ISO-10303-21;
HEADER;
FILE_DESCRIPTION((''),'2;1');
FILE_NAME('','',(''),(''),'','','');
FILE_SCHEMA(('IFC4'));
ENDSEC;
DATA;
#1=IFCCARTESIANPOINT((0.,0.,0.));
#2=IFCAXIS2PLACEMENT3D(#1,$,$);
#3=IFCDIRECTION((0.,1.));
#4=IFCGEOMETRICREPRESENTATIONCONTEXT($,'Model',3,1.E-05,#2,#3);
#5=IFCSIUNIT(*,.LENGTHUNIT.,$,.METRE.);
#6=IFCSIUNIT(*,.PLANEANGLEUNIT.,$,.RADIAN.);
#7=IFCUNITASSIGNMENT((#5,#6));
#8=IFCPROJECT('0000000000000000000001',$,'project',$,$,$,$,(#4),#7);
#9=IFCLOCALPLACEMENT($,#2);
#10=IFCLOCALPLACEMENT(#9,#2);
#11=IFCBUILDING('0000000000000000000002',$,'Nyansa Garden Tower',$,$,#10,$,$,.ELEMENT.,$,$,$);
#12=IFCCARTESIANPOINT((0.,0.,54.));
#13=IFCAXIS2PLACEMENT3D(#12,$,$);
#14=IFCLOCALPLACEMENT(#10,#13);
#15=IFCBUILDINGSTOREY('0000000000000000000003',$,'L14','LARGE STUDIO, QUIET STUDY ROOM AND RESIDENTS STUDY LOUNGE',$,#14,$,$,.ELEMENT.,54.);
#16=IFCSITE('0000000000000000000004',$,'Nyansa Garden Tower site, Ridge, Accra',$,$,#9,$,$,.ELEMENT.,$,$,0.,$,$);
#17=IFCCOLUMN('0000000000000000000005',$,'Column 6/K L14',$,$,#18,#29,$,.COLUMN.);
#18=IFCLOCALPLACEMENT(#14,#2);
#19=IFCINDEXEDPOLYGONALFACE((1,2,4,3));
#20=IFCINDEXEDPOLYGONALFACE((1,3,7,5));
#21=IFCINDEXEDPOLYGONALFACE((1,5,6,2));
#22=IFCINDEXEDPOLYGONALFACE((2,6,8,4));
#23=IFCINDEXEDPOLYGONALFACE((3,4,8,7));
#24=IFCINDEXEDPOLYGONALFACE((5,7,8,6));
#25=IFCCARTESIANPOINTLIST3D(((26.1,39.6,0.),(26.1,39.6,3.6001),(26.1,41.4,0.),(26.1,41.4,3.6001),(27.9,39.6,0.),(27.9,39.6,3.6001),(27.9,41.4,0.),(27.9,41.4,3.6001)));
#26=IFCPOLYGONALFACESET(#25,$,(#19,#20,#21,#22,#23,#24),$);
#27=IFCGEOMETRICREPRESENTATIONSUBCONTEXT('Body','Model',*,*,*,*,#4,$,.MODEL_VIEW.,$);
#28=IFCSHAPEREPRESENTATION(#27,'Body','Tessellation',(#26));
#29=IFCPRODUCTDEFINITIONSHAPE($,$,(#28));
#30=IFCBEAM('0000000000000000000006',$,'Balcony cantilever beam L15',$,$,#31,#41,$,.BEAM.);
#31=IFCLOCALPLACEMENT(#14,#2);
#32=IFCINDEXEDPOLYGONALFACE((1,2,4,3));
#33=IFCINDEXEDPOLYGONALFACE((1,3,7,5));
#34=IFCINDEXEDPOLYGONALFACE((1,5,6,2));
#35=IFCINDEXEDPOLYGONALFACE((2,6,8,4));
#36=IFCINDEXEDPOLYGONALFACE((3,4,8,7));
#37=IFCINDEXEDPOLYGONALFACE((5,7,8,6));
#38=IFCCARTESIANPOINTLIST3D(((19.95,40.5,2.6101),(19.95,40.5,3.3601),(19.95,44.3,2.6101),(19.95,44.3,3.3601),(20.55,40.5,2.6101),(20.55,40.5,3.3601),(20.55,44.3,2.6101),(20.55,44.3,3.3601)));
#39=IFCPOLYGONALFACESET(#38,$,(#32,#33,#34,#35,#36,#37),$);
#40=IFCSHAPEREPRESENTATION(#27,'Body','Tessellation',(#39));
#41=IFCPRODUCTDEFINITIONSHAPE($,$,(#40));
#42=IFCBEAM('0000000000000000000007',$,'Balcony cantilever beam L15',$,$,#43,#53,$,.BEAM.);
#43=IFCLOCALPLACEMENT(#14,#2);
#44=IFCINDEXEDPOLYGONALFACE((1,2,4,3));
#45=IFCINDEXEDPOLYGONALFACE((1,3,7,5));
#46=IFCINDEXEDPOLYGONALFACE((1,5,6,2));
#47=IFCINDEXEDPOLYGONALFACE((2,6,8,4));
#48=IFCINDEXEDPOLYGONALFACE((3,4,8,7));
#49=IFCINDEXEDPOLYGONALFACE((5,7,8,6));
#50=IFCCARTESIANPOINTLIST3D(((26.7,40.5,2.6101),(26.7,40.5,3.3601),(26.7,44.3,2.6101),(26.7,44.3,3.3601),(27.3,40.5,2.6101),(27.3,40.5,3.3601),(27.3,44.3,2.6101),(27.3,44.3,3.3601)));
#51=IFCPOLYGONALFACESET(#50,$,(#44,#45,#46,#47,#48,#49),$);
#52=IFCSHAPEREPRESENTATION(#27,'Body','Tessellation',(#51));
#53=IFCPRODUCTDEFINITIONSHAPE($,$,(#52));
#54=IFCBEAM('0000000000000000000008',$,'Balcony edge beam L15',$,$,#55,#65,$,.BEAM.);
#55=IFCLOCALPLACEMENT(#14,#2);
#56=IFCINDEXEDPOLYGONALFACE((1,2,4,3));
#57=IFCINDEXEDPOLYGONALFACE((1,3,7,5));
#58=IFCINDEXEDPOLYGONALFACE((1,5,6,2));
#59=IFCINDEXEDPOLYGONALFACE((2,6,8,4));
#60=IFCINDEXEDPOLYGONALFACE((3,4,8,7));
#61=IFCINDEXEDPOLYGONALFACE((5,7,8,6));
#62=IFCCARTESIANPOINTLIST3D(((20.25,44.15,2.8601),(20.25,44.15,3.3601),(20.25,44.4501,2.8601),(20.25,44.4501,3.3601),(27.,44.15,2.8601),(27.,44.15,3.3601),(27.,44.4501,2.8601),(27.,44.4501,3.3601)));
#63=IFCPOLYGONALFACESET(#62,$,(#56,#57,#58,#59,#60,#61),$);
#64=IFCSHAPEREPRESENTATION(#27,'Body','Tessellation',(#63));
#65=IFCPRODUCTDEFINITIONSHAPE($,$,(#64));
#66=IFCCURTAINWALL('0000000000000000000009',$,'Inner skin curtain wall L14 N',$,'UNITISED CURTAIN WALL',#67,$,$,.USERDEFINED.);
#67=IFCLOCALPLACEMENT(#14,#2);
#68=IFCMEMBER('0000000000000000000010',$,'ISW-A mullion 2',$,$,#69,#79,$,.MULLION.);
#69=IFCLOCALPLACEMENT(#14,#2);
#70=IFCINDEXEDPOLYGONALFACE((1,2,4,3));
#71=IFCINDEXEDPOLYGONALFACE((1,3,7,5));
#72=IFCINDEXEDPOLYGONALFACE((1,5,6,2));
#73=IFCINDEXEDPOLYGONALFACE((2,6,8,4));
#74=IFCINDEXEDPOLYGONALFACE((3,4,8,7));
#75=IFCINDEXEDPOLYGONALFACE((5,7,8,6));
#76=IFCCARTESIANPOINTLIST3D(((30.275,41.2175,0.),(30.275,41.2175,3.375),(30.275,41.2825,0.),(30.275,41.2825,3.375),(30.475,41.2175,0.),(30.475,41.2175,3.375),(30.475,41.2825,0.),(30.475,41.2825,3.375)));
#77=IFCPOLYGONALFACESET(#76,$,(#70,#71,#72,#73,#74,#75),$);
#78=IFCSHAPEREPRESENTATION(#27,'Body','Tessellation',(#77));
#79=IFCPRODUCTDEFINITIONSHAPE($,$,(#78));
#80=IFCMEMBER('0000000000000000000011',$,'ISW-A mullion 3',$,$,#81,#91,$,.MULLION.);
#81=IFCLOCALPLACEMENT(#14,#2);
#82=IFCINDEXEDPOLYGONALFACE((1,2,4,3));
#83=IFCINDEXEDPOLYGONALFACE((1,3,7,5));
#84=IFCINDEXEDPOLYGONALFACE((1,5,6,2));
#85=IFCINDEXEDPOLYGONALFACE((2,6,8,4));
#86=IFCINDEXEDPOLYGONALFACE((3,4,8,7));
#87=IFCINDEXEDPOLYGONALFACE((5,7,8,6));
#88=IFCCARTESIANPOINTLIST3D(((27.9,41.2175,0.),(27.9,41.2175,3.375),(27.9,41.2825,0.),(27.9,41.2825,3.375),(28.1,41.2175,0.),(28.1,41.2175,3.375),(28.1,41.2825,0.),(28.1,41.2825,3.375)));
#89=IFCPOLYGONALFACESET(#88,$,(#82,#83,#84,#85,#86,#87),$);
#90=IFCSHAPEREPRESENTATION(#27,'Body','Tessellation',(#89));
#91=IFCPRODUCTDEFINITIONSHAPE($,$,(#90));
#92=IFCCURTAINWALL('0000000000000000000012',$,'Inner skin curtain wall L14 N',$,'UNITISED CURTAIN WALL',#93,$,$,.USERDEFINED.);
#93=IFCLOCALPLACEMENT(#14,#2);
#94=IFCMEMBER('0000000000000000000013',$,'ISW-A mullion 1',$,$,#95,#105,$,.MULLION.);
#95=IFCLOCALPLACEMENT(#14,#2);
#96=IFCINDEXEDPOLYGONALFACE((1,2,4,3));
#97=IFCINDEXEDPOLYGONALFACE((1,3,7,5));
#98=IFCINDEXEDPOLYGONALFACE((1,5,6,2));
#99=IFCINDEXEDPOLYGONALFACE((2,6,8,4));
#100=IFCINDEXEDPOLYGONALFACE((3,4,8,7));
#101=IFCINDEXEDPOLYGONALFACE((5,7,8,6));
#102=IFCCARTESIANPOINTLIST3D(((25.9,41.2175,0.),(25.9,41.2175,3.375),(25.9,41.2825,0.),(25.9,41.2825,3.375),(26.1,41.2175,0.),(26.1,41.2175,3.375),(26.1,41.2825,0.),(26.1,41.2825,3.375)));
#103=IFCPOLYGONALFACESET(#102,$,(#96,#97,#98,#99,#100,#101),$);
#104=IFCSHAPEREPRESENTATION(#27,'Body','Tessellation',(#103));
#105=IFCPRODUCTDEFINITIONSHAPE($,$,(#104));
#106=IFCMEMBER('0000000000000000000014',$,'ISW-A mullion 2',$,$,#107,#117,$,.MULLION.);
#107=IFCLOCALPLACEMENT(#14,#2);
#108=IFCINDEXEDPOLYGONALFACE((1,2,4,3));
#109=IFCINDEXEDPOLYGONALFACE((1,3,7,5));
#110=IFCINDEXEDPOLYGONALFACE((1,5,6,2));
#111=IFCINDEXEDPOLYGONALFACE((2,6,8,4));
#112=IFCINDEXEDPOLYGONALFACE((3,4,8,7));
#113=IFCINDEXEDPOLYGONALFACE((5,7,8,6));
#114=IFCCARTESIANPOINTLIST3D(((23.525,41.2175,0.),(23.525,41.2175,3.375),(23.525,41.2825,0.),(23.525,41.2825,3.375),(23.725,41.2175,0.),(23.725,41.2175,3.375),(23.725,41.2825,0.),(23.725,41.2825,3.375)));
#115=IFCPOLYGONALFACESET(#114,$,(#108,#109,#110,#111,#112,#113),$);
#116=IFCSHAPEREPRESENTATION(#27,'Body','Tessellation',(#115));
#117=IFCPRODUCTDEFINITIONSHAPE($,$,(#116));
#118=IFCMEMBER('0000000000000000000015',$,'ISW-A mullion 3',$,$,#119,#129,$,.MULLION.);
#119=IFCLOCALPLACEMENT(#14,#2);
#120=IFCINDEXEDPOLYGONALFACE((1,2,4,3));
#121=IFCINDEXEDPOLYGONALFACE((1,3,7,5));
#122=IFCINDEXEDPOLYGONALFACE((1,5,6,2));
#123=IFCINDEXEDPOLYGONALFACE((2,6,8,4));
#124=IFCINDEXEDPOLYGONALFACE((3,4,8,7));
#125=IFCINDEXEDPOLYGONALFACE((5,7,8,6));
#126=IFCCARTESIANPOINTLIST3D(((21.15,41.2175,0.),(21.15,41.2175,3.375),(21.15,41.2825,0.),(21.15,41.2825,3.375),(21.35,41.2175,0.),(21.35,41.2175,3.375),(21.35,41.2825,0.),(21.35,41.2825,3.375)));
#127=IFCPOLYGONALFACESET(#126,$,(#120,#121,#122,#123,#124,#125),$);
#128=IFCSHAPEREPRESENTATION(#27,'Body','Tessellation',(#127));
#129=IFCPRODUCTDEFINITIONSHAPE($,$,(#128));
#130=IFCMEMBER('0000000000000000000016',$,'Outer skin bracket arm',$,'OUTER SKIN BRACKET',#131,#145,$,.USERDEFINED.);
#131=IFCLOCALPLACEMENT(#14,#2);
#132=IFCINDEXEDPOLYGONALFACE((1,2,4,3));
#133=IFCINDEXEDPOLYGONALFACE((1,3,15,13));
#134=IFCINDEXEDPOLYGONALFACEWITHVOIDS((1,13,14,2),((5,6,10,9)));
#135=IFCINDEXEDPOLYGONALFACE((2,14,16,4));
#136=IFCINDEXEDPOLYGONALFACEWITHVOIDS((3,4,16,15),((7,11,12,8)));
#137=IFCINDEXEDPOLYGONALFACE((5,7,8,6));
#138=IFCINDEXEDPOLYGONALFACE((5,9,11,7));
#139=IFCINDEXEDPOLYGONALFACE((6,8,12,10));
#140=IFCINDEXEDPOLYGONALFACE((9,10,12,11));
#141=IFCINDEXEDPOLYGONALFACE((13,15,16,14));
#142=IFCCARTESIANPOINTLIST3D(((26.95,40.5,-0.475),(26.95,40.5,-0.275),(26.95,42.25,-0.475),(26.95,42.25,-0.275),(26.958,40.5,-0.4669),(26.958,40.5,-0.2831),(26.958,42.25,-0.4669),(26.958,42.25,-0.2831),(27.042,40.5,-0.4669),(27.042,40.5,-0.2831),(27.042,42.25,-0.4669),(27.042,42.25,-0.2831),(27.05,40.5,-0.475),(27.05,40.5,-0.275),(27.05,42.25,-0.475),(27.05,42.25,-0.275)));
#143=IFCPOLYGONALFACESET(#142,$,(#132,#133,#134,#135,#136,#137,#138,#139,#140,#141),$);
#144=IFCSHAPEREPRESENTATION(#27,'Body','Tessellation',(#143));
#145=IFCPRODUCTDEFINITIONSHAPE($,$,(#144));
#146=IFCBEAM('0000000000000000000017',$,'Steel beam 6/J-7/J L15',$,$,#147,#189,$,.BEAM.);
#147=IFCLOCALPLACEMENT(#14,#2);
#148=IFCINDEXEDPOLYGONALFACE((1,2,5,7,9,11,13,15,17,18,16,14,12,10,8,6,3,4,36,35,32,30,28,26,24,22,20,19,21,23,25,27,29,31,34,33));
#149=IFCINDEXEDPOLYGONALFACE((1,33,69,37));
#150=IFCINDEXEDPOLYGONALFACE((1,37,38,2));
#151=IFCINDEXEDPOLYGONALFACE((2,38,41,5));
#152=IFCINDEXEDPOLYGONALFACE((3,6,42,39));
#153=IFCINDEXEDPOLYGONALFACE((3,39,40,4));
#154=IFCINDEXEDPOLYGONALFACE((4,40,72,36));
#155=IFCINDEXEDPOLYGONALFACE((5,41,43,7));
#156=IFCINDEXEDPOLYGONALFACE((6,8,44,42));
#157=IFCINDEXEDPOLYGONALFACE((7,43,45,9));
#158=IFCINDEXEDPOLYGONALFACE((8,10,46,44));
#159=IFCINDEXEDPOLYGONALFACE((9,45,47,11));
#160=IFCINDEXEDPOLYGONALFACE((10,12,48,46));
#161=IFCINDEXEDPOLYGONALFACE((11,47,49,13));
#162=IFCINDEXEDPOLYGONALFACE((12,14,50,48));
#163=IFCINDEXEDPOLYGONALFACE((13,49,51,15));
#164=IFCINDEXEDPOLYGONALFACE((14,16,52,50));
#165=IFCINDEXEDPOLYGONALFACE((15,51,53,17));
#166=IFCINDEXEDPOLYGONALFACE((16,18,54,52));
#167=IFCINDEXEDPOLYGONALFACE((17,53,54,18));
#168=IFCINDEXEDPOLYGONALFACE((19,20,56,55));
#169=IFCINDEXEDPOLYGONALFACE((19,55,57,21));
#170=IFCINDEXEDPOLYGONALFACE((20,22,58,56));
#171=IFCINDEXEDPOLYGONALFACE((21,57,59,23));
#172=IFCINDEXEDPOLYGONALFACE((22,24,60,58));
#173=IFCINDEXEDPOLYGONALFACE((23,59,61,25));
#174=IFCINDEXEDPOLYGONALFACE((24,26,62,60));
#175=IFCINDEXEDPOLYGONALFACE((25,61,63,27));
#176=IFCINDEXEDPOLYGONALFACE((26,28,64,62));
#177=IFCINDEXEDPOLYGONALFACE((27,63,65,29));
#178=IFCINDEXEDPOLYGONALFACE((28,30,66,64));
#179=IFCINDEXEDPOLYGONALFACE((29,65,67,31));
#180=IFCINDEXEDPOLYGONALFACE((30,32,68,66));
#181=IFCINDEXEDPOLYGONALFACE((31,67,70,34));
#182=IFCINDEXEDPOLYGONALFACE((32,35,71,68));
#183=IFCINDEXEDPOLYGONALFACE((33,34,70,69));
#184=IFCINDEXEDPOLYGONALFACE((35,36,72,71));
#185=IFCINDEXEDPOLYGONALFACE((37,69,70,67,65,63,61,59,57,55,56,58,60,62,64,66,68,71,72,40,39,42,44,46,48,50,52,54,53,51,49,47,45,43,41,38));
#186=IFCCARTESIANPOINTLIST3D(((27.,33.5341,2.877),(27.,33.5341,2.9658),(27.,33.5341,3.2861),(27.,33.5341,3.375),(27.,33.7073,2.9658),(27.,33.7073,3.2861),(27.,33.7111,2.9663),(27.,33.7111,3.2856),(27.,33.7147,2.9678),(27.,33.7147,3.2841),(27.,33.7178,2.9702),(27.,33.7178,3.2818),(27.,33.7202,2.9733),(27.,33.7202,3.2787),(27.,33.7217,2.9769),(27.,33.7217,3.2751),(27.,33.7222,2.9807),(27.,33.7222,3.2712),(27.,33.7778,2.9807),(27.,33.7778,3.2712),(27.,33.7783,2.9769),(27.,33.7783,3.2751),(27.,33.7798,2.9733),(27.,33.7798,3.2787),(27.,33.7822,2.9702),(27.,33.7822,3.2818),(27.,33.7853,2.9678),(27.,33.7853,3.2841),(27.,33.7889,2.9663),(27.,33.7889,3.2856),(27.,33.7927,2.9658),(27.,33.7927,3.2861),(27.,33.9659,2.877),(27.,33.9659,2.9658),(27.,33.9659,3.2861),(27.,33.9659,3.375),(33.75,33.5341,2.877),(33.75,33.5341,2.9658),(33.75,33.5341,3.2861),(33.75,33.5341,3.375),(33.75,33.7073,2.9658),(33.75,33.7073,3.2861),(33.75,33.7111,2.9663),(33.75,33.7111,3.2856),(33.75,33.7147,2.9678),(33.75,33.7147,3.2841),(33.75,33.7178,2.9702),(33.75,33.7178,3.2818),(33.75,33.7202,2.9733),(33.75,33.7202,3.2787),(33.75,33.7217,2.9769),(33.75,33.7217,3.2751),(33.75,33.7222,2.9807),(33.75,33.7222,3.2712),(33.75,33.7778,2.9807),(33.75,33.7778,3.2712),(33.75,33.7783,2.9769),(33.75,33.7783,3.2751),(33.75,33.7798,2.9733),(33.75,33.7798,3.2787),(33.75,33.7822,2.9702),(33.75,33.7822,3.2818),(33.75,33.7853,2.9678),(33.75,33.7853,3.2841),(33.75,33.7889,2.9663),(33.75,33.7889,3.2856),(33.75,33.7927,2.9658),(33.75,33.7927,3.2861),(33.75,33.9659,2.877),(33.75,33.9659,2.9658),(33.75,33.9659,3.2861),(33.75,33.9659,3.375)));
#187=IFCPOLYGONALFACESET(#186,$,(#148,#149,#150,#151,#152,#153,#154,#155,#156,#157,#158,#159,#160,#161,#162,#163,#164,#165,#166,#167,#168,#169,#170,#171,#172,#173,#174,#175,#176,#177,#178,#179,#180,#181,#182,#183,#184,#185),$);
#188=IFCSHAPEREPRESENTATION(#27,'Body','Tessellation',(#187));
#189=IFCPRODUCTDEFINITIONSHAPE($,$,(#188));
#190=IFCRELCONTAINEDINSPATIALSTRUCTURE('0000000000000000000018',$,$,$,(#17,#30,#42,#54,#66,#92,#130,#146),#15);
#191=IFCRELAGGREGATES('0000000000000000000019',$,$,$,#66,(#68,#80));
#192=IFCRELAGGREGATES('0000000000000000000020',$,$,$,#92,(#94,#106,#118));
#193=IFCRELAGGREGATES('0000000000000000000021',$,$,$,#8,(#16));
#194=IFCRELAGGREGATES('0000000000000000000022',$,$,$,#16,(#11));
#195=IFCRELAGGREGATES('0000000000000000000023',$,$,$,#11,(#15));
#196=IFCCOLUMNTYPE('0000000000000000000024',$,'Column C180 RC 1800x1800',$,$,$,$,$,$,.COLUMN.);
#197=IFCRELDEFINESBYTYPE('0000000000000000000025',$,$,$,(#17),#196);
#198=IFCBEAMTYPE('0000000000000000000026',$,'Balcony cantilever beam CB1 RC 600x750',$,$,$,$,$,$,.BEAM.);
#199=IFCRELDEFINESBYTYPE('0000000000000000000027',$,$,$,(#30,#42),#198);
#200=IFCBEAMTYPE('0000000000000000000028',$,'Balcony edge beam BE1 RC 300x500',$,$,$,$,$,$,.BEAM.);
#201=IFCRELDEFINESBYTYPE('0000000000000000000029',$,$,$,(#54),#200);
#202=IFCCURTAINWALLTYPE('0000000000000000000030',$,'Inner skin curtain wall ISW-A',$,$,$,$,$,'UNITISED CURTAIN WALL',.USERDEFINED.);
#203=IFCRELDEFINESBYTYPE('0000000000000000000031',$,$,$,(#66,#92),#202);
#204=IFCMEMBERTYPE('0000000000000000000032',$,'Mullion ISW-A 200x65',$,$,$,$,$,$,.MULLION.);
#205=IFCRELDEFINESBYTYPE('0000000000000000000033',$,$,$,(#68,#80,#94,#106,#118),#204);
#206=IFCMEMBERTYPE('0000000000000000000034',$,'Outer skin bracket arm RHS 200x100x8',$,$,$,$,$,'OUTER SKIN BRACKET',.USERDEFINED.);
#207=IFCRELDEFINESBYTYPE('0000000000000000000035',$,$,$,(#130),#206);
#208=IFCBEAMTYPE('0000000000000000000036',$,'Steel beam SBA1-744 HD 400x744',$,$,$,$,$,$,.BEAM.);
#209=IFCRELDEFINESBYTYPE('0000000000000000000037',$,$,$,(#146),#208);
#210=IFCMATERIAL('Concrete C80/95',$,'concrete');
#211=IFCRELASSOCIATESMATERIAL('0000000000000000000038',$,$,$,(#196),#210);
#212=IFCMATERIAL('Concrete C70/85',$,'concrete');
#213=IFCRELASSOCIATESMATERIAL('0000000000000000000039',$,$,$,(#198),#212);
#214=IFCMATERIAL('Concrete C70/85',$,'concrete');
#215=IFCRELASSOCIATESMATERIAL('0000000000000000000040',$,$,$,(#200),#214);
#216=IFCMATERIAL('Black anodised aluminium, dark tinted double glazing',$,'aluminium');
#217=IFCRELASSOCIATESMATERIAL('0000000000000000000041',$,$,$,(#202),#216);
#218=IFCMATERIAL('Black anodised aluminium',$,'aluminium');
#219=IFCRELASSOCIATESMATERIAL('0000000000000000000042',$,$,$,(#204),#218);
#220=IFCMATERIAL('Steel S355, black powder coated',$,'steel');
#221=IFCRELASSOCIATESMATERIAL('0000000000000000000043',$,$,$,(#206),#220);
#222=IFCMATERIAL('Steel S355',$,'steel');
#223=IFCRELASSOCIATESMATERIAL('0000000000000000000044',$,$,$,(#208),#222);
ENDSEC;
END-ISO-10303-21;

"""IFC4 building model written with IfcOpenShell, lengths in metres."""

from ifc_helpers import new_model, si_unit, direction, frame, origin, origin_2d, place, context, subcontext, project, spatial, rectangle, hollow_rectangle, i_section, extrude, material, material_profile, profile_set, type_object, element, aggregate, save


model = new_model("IFC4")

# Units and contexts
model_context = context("Model", 3, precision=1e-05, world=origin(), true_north=direction((0.0, 1.0)))
body_context = subcontext(model_context, "Body", "Model", "MODEL_VIEW")
ifc_project = project(units=[si_unit("LENGTHUNIT", "METRE"), si_unit("PLANEANGLEUNIT", "RADIAN")], contexts=[model_context])

# Site, building, storey
site_placement = place(None, origin())
site = spatial("IfcSite", under=ifc_project, at=site_placement, Name="Nyansa Garden Tower site, Ridge, Accra", CompositionType="ELEMENT", RefElevation=0.0)
building_placement = place(site_placement, origin())
building = spatial("IfcBuilding", under=site, at=building_placement, Name="Nyansa Garden Tower", CompositionType="ELEMENT")
storey_placement = place(building_placement, frame((0.0, 0.0, 54.0)))
storey = spatial("IfcBuildingStorey", under=building, at=storey_placement, Name="L14", Description="LARGE STUDIO, QUIET STUDY ROOM AND RESIDENTS STUDY LOUNGE", CompositionType="ELEMENT", Elevation=54.0)

# Column
ifc_material_1 = material(Name="Concrete C80/95", Category="concrete")
ifc_material_profile_1 = material_profile(ifc_material_1, rectangle(XDim=1.8, YDim=1.8, at=origin_2d()), Name="RC 1800x1800")
ifc_profile_set_1 = profile_set([ifc_material_profile_1], Name="Concrete C80/95")
column_type = type_object("IfcColumnType", Name="Column C180 RC 1800x1800", PredefinedType="COLUMN", material=ifc_profile_set_1)
column_placement = place(storey_placement, frame((27.0, 40.5, 0.0), z_axis=(0.0, 0.0, 1.0), x_axis=(1.0, 0.0, 0.0)))
element("IfcColumn", 1, at=column_placement, inside=storey, type_object=column_type, Name="Column 6/K L14", PredefinedType="COLUMN", context=body_context, shape_type="SweptSolid", body=[
    extrude(rectangle(XDim=1.8, YDim=1.8, at=origin_2d()), origin(), (0.0, 0.0, 1.0), 3.6001),
])

# Beams
ifc_material_2 = material(Name="Concrete C70/85", Category="concrete")
ifc_material_profile_2 = material_profile(ifc_material_2, rectangle(XDim=0.6001, YDim=0.75, at=origin_2d()), Name="RC 600x750")
ifc_profile_set_2 = profile_set([ifc_material_profile_2], Name="Concrete C70/85")
beam_type_1 = type_object("IfcBeamType", Name="Balcony cantilever beam CB1 RC 600x750", PredefinedType="BEAM", material=ifc_profile_set_2)
for number, where, z_axis, x_axis, name in (
    (2, (20.25, 40.5, 2.9851), (0.0, 1.0, 0.0), (-1.0, 0.0, 0.0), "Balcony cantilever beam L15"),
    (3, (27.0, 40.5, 2.9851), (0.0, 1.0, 0.0), (-1.0, 0.0, 0.0), "Balcony cantilever beam L15"),
):
    element("IfcBeam", number, at=place(storey_placement, frame(where, z_axis=z_axis, x_axis=x_axis)), inside=storey, type_object=beam_type_1, Name=name, PredefinedType="BEAM", context=body_context, shape_type="SweptSolid", body=[
        extrude(rectangle(XDim=0.6001, YDim=0.75, at=origin_2d()), origin(), (0.0, 0.0, 1.0), 3.8),
    ])
ifc_material_3 = material(Name="Concrete C70/85", Category="concrete")
ifc_material_profile_3 = material_profile(ifc_material_3, rectangle(XDim=0.3, YDim=0.5, at=origin_2d()), Name="RC 300x500")
ifc_profile_set_3 = profile_set([ifc_material_profile_3], Name="Concrete C70/85")
beam_type_2 = type_object("IfcBeamType", Name="Balcony edge beam BE1 RC 300x500", PredefinedType="BEAM", material=ifc_profile_set_3)
beam_1_placement = place(storey_placement, frame((20.25, 44.3, 3.1101), z_axis=(1.0, 0.0, 0.0), x_axis=(0.0, 1.0, 0.0)))
element("IfcBeam", 4, at=beam_1_placement, inside=storey, type_object=beam_type_2, Name="Balcony edge beam L15", PredefinedType="BEAM", context=body_context, shape_type="SweptSolid", body=[
    extrude(rectangle(XDim=0.3, YDim=0.5, at=origin_2d()), origin(), (0.0, 0.0, 1.0), 6.75),
])

# Curtain walls, members
ifc_material_4 = material(Name="Black anodised aluminium, dark tinted double glazing", Category="aluminium")
curtain_wall_type = type_object("IfcCurtainWallType", Name="Inner skin curtain wall ISW-A", ElementType="UNITISED CURTAIN WALL", PredefinedType="USERDEFINED", material=ifc_material_4)
curtain_wall_1_placement = place(storey_placement, origin())
curtain_wall_1 = element("IfcCurtainWall", 5, at=curtain_wall_1_placement, inside=storey, type_object=curtain_wall_type, Name="Inner skin curtain wall L14 N", ObjectType="UNITISED CURTAIN WALL", PredefinedType="USERDEFINED")
ifc_material_5 = material(Name="Black anodised aluminium", Category="aluminium")
ifc_material_profile_4 = material_profile(ifc_material_5, rectangle(XDim=0.0649, YDim=0.2, at=origin_2d()), Name="Mullion 200x65")
ifc_profile_set_4 = profile_set([ifc_material_profile_4], Name="Black anodised aluminium")
member_type_1 = type_object("IfcMemberType", Name="Mullion ISW-A 200x65", PredefinedType="MULLION", material=ifc_profile_set_4)
member_1_placement = place(storey_placement, frame((30.375, 41.25, 0.0), z_axis=(0.0, 0.0, 1.0), x_axis=(0.0, -1.0, 0.0)))
member_1 = element("IfcMember", 6, at=member_1_placement, type_object=member_type_1, Name="ISW-A mullion 2", PredefinedType="MULLION", context=body_context, shape_type="SweptSolid", body=[
    extrude(rectangle(XDim=0.0649, YDim=0.2, at=origin_2d()), origin(), (0.0, 0.0, 1.0), 3.375),
])
member_2_placement = place(storey_placement, frame((28.0, 41.25, 0.0), z_axis=(0.0, 0.0, 1.0), x_axis=(0.0, -1.0, 0.0)))
member_2 = element("IfcMember", 7, at=member_2_placement, type_object=member_type_1, Name="ISW-A mullion 3", PredefinedType="MULLION", context=body_context, shape_type="SweptSolid", body=[
    extrude(rectangle(XDim=0.0649, YDim=0.2, at=origin_2d()), origin(), (0.0, 0.0, 1.0), 3.375),
])
curtain_wall_2_placement = place(storey_placement, origin())
curtain_wall_2 = element("IfcCurtainWall", 8, at=curtain_wall_2_placement, inside=storey, type_object=curtain_wall_type, Name="Inner skin curtain wall L14 N", ObjectType="UNITISED CURTAIN WALL", PredefinedType="USERDEFINED")
member_3_placement = place(storey_placement, frame((26.0, 41.25, 0.0), z_axis=(0.0, 0.0, 1.0), x_axis=(0.0, -1.0, 0.0)))
member_3 = element("IfcMember", 9, at=member_3_placement, type_object=member_type_1, Name="ISW-A mullion 1", PredefinedType="MULLION", context=body_context, shape_type="SweptSolid", body=[
    extrude(rectangle(XDim=0.0649, YDim=0.2, at=origin_2d()), origin(), (0.0, 0.0, 1.0), 3.375),
])
member_4_placement = place(storey_placement, frame((23.625, 41.25, 0.0), z_axis=(0.0, 0.0, 1.0), x_axis=(0.0, -1.0, 0.0)))
member_4 = element("IfcMember", 10, at=member_4_placement, type_object=member_type_1, Name="ISW-A mullion 2", PredefinedType="MULLION", context=body_context, shape_type="SweptSolid", body=[
    extrude(rectangle(XDim=0.0649, YDim=0.2, at=origin_2d()), origin(), (0.0, 0.0, 1.0), 3.375),
])
member_5_placement = place(storey_placement, frame((21.25, 41.25, 0.0), z_axis=(0.0, 0.0, 1.0), x_axis=(0.0, -1.0, 0.0)))
member_5 = element("IfcMember", 11, at=member_5_placement, type_object=member_type_1, Name="ISW-A mullion 3", PredefinedType="MULLION", context=body_context, shape_type="SweptSolid", body=[
    extrude(rectangle(XDim=0.0649, YDim=0.2, at=origin_2d()), origin(), (0.0, 0.0, 1.0), 3.375),
])

# Member
ifc_material_6 = material(Name="Steel S355, black powder coated", Category="steel")
ifc_material_profile_5 = material_profile(ifc_material_6, hollow_rectangle(XDim=0.1001, YDim=0.2, WallThickness=0.0081, at=origin_2d()), Name="RHS 200x100x8")
ifc_profile_set_5 = profile_set([ifc_material_profile_5], Name="Steel S355, black powder coated")
member_type_2 = type_object("IfcMemberType", Name="Outer skin bracket arm RHS 200x100x8", ElementType="OUTER SKIN BRACKET", PredefinedType="USERDEFINED", material=ifc_profile_set_5)
member_6_placement = place(storey_placement, frame((27.0, 40.5, -0.375), z_axis=(0.0, 1.0, 0.0), x_axis=(-1.0, 0.0, 0.0)))
element("IfcMember", 12, at=member_6_placement, inside=storey, type_object=member_type_2, Name="Outer skin bracket arm", ObjectType="OUTER SKIN BRACKET", PredefinedType="USERDEFINED", context=body_context, shape_type="SweptSolid", body=[
    extrude(hollow_rectangle(XDim=0.1001, YDim=0.2, WallThickness=0.0081, at=origin_2d()), origin(), (0.0, 0.0, 1.0), 1.75),
])

# Beam
ifc_material_7 = material(Name="Steel S355", Category="steel")
ifc_material_profile_6 = material_profile(ifc_material_7, i_section(OverallWidth=0.4319, OverallDepth=0.498, WebThickness=0.0557, FlangeThickness=0.0889, FilletRadius=0.0149, at=origin_2d()), Name="HD 400x744")
ifc_profile_set_6 = profile_set([ifc_material_profile_6], Name="Steel S355")
beam_type_3 = type_object("IfcBeamType", Name="Steel beam SBA1-744 HD 400x744", PredefinedType="BEAM", material=ifc_profile_set_6)
beam_2_placement = place(storey_placement, frame((27.0, 33.75, 3.126), z_axis=(1.0, 0.0, 0.0), x_axis=(0.0, 1.0, 0.0)))
element("IfcBeam", 13, at=beam_2_placement, inside=storey, type_object=beam_type_3, Name="Steel beam 6/J-7/J L15", PredefinedType="BEAM", context=body_context, shape_type="SweptSolid", body=[
    extrude(i_section(OverallWidth=0.4319, OverallDepth=0.498, WebThickness=0.0557, FlangeThickness=0.0889, FilletRadius=0.0149, at=origin_2d()), origin(), (0.0, 0.0, 1.0), 6.75),
])

aggregate(curtain_wall_1, [member_1, member_2])
aggregate(curtain_wall_2, [member_3, member_4, member_5])

save(model, "model.ifc")
